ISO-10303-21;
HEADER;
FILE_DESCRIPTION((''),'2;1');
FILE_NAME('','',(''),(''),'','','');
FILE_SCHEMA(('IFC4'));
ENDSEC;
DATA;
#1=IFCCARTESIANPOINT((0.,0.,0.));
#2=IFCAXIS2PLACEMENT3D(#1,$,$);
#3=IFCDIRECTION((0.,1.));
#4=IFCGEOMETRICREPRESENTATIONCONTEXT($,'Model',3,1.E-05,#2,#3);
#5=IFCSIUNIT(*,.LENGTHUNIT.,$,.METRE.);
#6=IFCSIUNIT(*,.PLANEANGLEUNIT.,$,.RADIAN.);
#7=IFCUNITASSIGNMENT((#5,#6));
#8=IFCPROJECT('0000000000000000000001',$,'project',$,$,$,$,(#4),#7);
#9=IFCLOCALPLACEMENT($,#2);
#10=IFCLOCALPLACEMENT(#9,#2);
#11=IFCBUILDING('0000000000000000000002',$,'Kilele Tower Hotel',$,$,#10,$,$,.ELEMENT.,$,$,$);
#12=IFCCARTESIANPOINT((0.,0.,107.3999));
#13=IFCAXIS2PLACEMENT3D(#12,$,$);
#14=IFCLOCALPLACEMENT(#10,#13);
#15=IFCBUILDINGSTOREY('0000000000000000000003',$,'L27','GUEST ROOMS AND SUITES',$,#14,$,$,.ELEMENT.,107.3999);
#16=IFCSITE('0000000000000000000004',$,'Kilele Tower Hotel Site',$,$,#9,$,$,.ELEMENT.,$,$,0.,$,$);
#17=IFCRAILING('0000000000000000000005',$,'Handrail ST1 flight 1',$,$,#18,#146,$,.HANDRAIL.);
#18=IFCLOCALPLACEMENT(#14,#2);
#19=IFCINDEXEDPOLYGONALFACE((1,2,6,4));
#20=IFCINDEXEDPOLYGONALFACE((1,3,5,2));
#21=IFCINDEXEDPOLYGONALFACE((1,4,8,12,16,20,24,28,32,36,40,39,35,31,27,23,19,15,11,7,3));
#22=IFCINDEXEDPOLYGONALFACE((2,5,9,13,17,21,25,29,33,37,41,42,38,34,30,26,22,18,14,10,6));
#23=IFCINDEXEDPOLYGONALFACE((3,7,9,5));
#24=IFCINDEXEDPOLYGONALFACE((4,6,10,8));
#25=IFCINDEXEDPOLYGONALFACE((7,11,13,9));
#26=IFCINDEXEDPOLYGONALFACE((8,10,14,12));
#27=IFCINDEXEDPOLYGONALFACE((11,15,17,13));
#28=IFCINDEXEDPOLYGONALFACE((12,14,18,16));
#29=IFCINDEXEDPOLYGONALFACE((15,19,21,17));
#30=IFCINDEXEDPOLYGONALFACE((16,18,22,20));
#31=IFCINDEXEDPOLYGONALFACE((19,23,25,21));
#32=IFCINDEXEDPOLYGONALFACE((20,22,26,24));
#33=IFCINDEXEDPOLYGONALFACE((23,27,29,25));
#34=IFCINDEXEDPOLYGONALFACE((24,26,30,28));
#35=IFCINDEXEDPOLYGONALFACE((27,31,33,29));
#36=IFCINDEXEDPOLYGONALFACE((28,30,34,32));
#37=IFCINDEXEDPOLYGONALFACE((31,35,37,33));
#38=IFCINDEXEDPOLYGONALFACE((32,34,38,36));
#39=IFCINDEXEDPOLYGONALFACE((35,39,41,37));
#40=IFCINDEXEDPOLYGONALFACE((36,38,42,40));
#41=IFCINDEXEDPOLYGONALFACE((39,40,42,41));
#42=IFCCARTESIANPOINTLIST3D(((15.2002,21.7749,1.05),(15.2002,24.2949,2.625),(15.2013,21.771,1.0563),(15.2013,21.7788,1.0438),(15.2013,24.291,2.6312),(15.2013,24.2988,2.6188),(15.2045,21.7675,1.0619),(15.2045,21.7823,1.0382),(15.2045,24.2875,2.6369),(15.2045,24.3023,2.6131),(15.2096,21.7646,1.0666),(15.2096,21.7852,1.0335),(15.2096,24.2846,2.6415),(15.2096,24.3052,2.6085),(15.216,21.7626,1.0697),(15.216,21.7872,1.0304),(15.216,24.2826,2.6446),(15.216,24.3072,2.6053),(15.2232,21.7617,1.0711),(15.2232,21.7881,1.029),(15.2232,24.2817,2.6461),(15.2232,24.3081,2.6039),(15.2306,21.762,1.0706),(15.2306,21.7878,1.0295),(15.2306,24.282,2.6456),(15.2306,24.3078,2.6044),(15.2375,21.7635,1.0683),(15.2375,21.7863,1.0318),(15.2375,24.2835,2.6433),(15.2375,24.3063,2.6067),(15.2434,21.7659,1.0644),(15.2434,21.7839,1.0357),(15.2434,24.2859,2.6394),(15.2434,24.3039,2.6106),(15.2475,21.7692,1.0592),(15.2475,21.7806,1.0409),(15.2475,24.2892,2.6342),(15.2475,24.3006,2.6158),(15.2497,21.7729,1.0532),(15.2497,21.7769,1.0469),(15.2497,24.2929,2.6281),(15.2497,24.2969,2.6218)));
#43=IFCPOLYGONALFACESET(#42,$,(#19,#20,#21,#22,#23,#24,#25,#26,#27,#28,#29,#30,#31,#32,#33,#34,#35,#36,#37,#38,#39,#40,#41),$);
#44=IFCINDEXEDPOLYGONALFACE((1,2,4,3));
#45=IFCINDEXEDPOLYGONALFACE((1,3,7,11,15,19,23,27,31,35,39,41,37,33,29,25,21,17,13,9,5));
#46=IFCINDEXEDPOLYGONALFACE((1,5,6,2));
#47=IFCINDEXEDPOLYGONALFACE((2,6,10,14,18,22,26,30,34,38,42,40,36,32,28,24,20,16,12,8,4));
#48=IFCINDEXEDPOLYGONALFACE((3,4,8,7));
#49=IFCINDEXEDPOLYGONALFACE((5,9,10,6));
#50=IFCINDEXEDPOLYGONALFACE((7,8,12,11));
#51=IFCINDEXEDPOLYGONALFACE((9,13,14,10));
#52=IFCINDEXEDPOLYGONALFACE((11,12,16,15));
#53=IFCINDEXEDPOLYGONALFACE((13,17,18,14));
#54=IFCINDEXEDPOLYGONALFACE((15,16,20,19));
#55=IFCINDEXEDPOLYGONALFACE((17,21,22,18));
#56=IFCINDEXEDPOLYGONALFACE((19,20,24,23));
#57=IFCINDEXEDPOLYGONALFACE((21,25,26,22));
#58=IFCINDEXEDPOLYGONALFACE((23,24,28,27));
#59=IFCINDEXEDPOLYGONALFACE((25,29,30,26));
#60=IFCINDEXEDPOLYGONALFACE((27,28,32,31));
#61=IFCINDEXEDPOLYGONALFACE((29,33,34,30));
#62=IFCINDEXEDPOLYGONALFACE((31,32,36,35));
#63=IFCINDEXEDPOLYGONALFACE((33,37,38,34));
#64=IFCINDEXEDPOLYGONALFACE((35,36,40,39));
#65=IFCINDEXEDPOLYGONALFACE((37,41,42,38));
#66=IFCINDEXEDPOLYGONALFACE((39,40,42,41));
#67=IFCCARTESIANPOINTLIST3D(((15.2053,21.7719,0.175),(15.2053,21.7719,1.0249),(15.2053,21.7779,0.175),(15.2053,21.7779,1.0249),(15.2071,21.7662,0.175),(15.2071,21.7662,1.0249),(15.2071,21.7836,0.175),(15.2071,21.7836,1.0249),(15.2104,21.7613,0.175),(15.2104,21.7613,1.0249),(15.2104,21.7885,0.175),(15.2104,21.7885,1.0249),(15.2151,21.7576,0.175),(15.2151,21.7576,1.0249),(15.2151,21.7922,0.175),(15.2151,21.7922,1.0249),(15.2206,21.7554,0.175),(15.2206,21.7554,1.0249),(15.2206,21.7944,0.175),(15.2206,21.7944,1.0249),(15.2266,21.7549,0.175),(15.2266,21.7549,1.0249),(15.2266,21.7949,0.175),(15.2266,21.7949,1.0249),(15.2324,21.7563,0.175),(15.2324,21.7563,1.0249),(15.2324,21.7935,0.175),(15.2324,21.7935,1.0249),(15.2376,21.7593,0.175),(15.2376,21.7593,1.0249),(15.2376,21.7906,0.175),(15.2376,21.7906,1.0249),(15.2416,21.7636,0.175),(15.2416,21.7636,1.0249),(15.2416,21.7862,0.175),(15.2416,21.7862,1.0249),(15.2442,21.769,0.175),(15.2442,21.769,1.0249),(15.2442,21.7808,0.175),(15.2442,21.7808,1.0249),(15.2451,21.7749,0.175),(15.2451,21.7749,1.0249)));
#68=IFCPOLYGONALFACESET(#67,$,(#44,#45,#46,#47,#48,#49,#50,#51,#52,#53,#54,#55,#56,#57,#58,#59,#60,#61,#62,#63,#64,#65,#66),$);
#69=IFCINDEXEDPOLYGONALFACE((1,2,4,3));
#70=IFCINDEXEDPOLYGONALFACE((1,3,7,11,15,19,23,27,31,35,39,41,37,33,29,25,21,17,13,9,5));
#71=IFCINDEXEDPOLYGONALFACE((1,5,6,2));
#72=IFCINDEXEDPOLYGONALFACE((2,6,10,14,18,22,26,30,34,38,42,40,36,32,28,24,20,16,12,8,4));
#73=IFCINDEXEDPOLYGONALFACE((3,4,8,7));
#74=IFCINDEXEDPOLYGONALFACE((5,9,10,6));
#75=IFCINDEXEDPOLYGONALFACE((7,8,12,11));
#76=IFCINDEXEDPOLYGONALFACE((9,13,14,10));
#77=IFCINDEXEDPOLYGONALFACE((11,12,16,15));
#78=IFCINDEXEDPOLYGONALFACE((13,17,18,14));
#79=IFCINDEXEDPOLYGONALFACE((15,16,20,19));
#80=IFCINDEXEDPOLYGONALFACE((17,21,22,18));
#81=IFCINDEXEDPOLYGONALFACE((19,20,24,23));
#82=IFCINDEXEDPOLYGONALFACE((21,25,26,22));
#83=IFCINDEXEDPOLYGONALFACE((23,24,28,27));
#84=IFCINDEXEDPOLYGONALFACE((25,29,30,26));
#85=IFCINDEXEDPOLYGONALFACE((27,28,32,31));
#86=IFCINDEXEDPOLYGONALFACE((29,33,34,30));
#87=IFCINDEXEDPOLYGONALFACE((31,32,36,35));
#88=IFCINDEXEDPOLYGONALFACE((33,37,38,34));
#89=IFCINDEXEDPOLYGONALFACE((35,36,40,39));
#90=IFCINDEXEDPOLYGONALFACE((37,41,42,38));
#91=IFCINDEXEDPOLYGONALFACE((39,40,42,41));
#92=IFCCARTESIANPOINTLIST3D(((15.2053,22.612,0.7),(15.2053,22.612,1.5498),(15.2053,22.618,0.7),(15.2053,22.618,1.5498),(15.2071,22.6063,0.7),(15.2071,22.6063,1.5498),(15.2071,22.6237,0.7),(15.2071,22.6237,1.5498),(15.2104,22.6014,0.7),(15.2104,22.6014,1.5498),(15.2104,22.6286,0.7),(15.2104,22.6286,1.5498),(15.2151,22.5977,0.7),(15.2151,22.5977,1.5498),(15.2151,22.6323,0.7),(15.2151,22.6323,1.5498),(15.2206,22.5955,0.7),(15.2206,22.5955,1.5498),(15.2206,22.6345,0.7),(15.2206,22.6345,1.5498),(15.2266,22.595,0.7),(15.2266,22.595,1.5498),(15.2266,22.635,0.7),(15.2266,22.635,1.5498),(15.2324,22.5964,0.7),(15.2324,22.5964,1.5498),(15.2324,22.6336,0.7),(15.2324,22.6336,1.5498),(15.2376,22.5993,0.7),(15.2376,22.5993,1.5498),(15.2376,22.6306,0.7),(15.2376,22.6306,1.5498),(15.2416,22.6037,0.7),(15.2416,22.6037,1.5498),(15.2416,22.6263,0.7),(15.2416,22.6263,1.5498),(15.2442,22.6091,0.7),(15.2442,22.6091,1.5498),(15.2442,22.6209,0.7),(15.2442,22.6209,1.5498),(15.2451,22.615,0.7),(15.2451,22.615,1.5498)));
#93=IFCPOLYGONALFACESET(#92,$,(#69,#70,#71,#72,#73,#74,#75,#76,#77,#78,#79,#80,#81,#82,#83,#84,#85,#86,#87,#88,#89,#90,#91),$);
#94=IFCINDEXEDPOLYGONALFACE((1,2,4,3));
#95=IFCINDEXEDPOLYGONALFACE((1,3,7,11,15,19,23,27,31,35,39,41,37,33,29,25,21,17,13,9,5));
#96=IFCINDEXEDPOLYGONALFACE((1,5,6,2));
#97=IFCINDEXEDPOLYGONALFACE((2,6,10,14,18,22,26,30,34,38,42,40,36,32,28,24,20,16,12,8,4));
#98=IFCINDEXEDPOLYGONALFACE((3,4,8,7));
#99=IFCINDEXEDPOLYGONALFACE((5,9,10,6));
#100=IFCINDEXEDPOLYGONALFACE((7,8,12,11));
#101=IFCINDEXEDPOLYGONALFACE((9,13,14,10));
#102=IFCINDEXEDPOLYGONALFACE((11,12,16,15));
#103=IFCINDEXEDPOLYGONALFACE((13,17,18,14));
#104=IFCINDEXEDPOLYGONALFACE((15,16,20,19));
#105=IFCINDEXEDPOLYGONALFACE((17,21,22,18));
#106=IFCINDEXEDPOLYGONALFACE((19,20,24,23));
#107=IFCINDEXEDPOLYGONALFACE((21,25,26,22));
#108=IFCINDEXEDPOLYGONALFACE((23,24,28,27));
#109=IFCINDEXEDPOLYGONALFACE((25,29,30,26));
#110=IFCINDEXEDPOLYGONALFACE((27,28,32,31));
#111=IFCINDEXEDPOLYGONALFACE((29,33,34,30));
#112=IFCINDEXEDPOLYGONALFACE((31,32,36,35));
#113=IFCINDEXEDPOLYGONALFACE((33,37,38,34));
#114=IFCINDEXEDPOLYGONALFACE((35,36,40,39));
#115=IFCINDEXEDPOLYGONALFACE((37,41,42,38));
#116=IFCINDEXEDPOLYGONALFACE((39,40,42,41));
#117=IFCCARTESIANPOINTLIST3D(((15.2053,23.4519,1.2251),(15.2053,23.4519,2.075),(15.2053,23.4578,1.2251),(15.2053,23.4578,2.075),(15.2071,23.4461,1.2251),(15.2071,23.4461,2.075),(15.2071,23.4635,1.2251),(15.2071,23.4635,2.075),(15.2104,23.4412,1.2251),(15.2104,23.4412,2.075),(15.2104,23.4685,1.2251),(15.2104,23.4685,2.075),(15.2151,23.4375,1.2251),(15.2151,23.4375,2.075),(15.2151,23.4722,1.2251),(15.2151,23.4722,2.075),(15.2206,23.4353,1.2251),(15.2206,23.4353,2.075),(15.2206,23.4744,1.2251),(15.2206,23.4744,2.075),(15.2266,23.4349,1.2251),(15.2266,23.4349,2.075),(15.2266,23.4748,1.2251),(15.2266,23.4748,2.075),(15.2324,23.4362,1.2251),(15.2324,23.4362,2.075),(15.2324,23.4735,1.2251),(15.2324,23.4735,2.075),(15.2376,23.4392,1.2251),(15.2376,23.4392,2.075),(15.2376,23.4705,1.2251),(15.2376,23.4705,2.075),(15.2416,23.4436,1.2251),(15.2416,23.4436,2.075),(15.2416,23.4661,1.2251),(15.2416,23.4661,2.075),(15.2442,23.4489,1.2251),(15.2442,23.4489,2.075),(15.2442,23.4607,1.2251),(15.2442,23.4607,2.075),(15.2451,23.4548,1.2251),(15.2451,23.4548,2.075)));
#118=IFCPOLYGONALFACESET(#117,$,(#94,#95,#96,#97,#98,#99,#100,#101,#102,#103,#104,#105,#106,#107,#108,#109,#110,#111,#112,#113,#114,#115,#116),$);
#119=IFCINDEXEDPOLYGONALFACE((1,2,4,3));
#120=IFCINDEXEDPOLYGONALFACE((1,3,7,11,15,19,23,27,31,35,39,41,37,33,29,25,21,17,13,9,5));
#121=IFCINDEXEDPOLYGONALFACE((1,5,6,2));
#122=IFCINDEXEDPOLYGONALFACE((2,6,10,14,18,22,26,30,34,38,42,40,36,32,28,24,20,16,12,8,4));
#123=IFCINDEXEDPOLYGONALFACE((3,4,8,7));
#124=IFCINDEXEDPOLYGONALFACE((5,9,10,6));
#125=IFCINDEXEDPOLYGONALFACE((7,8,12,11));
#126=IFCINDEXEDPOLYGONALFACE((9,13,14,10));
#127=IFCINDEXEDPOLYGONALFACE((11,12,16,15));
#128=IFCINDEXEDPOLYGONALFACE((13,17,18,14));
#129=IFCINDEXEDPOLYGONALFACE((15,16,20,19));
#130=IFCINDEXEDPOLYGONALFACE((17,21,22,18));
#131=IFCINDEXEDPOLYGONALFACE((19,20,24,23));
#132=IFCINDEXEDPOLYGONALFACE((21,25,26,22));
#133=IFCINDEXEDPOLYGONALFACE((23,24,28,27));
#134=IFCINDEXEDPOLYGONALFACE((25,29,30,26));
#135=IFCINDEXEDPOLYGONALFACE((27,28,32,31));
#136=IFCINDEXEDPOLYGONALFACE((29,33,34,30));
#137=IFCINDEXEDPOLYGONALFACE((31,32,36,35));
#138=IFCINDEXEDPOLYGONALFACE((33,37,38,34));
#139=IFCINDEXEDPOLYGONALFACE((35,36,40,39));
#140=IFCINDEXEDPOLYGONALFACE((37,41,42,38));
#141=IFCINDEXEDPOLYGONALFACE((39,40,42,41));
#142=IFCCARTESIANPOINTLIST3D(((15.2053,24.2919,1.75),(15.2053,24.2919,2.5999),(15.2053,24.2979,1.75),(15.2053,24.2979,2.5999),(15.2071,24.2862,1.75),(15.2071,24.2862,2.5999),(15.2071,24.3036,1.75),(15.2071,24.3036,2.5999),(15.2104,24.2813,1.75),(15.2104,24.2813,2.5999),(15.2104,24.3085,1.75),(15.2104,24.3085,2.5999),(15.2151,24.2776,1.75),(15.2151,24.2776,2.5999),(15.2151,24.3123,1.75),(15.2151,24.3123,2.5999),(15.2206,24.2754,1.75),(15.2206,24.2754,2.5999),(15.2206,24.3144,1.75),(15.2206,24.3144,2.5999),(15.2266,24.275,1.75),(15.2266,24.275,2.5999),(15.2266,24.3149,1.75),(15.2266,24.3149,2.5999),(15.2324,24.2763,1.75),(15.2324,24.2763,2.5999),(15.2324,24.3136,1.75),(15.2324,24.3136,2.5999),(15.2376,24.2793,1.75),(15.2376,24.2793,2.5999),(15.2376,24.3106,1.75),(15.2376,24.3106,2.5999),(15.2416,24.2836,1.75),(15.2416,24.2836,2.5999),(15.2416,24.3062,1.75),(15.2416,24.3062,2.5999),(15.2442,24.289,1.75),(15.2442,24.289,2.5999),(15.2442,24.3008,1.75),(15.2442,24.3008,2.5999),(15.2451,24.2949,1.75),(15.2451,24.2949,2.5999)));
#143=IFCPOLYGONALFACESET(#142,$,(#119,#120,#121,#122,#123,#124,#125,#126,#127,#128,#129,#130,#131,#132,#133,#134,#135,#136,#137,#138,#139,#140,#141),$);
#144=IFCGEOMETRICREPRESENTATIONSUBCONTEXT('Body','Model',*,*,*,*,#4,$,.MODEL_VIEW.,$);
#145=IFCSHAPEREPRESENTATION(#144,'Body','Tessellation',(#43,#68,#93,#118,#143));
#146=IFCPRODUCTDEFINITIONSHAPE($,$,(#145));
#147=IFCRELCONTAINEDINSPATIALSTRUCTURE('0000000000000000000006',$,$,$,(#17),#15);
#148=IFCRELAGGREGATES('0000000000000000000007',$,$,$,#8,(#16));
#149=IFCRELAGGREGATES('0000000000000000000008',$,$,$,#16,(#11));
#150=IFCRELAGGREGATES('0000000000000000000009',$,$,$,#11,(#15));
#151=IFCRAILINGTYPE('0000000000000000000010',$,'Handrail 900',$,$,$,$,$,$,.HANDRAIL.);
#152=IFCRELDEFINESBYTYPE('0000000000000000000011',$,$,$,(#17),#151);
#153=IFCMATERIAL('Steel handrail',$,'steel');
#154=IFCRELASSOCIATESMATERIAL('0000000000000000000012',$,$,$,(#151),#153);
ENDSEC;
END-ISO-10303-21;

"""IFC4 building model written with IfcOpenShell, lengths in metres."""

from ifc_helpers import new_model, si_unit, direction, frame, origin, origin_2d, place, context, subcontext, project, spatial, circle, extrude, material, type_object, element, save


model = new_model("IFC4")

# Units and contexts
model_context = context("Model", 3, precision=1e-05, world=origin(), true_north=direction((0.0, 1.0)))
body_context = subcontext(model_context, "Body", "Model", "MODEL_VIEW")
ifc_project = project(units=[si_unit("LENGTHUNIT", "METRE"), si_unit("PLANEANGLEUNIT", "RADIAN")], contexts=[model_context])

# Site, building, storey
site_placement = place(None, origin())
site = spatial("IfcSite", under=ifc_project, at=site_placement, Name="Kilele Tower Hotel Site", CompositionType="ELEMENT", RefElevation=0.0)
building_placement = place(site_placement, origin())
building = spatial("IfcBuilding", under=site, at=building_placement, Name="Kilele Tower Hotel", CompositionType="ELEMENT")
storey_placement = place(building_placement, frame((0.0, 0.0, 107.3999)))
storey = spatial("IfcBuildingStorey", under=building, at=storey_placement, Name="L27", Description="GUEST ROOMS AND SUITES", CompositionType="ELEMENT", Elevation=107.3999)

# Railing
ifc_material_1 = material(Name="Steel handrail", Category="steel")
railing_type_1 = type_object("IfcRailingType", Name="Handrail 900", PredefinedType="HANDRAIL", material=ifc_material_1)
for number, where, name in (
    (1, (15.2251, 21.7749, 0.175), "Handrail ST1 flight 1"),
):
    element("IfcRailing", number, at=place(storey_placement, frame(where)), inside=storey, type_object=railing_type_1, Name=name, PredefinedType="HANDRAIL", context=body_context, shape_type="SweptSolid", body=[
        extrude(circle(Radius=0.0249, at=origin_2d()), frame((0.0, 0.0, 0.875), z_axis=(0.0, 0.848008, 0.529984), x_axis=(-1.0, 0.0, 0.0)), (0.0, 0.0, 1.0), 2.9717),
        extrude(circle(Radius=0.02, at=origin_2d()), origin(), (0.0, 0.0, 1.0), 0.8499),
        extrude(circle(Radius=0.02, at=origin_2d()), frame((0.0, 0.8401, 0.5249)), (0.0, 0.0, 1.0), 0.8499),
        extrude(circle(Radius=0.02, at=origin_2d()), frame((0.0, 1.6799, 1.05)), (0.0, 0.0, 1.0), 0.8499),
        extrude(circle(Radius=0.02, at=origin_2d()), frame((0.0, 2.52, 1.575)), (0.0, 0.0, 1.0), 0.8499),
    ])

save(model, "model.ifc")
